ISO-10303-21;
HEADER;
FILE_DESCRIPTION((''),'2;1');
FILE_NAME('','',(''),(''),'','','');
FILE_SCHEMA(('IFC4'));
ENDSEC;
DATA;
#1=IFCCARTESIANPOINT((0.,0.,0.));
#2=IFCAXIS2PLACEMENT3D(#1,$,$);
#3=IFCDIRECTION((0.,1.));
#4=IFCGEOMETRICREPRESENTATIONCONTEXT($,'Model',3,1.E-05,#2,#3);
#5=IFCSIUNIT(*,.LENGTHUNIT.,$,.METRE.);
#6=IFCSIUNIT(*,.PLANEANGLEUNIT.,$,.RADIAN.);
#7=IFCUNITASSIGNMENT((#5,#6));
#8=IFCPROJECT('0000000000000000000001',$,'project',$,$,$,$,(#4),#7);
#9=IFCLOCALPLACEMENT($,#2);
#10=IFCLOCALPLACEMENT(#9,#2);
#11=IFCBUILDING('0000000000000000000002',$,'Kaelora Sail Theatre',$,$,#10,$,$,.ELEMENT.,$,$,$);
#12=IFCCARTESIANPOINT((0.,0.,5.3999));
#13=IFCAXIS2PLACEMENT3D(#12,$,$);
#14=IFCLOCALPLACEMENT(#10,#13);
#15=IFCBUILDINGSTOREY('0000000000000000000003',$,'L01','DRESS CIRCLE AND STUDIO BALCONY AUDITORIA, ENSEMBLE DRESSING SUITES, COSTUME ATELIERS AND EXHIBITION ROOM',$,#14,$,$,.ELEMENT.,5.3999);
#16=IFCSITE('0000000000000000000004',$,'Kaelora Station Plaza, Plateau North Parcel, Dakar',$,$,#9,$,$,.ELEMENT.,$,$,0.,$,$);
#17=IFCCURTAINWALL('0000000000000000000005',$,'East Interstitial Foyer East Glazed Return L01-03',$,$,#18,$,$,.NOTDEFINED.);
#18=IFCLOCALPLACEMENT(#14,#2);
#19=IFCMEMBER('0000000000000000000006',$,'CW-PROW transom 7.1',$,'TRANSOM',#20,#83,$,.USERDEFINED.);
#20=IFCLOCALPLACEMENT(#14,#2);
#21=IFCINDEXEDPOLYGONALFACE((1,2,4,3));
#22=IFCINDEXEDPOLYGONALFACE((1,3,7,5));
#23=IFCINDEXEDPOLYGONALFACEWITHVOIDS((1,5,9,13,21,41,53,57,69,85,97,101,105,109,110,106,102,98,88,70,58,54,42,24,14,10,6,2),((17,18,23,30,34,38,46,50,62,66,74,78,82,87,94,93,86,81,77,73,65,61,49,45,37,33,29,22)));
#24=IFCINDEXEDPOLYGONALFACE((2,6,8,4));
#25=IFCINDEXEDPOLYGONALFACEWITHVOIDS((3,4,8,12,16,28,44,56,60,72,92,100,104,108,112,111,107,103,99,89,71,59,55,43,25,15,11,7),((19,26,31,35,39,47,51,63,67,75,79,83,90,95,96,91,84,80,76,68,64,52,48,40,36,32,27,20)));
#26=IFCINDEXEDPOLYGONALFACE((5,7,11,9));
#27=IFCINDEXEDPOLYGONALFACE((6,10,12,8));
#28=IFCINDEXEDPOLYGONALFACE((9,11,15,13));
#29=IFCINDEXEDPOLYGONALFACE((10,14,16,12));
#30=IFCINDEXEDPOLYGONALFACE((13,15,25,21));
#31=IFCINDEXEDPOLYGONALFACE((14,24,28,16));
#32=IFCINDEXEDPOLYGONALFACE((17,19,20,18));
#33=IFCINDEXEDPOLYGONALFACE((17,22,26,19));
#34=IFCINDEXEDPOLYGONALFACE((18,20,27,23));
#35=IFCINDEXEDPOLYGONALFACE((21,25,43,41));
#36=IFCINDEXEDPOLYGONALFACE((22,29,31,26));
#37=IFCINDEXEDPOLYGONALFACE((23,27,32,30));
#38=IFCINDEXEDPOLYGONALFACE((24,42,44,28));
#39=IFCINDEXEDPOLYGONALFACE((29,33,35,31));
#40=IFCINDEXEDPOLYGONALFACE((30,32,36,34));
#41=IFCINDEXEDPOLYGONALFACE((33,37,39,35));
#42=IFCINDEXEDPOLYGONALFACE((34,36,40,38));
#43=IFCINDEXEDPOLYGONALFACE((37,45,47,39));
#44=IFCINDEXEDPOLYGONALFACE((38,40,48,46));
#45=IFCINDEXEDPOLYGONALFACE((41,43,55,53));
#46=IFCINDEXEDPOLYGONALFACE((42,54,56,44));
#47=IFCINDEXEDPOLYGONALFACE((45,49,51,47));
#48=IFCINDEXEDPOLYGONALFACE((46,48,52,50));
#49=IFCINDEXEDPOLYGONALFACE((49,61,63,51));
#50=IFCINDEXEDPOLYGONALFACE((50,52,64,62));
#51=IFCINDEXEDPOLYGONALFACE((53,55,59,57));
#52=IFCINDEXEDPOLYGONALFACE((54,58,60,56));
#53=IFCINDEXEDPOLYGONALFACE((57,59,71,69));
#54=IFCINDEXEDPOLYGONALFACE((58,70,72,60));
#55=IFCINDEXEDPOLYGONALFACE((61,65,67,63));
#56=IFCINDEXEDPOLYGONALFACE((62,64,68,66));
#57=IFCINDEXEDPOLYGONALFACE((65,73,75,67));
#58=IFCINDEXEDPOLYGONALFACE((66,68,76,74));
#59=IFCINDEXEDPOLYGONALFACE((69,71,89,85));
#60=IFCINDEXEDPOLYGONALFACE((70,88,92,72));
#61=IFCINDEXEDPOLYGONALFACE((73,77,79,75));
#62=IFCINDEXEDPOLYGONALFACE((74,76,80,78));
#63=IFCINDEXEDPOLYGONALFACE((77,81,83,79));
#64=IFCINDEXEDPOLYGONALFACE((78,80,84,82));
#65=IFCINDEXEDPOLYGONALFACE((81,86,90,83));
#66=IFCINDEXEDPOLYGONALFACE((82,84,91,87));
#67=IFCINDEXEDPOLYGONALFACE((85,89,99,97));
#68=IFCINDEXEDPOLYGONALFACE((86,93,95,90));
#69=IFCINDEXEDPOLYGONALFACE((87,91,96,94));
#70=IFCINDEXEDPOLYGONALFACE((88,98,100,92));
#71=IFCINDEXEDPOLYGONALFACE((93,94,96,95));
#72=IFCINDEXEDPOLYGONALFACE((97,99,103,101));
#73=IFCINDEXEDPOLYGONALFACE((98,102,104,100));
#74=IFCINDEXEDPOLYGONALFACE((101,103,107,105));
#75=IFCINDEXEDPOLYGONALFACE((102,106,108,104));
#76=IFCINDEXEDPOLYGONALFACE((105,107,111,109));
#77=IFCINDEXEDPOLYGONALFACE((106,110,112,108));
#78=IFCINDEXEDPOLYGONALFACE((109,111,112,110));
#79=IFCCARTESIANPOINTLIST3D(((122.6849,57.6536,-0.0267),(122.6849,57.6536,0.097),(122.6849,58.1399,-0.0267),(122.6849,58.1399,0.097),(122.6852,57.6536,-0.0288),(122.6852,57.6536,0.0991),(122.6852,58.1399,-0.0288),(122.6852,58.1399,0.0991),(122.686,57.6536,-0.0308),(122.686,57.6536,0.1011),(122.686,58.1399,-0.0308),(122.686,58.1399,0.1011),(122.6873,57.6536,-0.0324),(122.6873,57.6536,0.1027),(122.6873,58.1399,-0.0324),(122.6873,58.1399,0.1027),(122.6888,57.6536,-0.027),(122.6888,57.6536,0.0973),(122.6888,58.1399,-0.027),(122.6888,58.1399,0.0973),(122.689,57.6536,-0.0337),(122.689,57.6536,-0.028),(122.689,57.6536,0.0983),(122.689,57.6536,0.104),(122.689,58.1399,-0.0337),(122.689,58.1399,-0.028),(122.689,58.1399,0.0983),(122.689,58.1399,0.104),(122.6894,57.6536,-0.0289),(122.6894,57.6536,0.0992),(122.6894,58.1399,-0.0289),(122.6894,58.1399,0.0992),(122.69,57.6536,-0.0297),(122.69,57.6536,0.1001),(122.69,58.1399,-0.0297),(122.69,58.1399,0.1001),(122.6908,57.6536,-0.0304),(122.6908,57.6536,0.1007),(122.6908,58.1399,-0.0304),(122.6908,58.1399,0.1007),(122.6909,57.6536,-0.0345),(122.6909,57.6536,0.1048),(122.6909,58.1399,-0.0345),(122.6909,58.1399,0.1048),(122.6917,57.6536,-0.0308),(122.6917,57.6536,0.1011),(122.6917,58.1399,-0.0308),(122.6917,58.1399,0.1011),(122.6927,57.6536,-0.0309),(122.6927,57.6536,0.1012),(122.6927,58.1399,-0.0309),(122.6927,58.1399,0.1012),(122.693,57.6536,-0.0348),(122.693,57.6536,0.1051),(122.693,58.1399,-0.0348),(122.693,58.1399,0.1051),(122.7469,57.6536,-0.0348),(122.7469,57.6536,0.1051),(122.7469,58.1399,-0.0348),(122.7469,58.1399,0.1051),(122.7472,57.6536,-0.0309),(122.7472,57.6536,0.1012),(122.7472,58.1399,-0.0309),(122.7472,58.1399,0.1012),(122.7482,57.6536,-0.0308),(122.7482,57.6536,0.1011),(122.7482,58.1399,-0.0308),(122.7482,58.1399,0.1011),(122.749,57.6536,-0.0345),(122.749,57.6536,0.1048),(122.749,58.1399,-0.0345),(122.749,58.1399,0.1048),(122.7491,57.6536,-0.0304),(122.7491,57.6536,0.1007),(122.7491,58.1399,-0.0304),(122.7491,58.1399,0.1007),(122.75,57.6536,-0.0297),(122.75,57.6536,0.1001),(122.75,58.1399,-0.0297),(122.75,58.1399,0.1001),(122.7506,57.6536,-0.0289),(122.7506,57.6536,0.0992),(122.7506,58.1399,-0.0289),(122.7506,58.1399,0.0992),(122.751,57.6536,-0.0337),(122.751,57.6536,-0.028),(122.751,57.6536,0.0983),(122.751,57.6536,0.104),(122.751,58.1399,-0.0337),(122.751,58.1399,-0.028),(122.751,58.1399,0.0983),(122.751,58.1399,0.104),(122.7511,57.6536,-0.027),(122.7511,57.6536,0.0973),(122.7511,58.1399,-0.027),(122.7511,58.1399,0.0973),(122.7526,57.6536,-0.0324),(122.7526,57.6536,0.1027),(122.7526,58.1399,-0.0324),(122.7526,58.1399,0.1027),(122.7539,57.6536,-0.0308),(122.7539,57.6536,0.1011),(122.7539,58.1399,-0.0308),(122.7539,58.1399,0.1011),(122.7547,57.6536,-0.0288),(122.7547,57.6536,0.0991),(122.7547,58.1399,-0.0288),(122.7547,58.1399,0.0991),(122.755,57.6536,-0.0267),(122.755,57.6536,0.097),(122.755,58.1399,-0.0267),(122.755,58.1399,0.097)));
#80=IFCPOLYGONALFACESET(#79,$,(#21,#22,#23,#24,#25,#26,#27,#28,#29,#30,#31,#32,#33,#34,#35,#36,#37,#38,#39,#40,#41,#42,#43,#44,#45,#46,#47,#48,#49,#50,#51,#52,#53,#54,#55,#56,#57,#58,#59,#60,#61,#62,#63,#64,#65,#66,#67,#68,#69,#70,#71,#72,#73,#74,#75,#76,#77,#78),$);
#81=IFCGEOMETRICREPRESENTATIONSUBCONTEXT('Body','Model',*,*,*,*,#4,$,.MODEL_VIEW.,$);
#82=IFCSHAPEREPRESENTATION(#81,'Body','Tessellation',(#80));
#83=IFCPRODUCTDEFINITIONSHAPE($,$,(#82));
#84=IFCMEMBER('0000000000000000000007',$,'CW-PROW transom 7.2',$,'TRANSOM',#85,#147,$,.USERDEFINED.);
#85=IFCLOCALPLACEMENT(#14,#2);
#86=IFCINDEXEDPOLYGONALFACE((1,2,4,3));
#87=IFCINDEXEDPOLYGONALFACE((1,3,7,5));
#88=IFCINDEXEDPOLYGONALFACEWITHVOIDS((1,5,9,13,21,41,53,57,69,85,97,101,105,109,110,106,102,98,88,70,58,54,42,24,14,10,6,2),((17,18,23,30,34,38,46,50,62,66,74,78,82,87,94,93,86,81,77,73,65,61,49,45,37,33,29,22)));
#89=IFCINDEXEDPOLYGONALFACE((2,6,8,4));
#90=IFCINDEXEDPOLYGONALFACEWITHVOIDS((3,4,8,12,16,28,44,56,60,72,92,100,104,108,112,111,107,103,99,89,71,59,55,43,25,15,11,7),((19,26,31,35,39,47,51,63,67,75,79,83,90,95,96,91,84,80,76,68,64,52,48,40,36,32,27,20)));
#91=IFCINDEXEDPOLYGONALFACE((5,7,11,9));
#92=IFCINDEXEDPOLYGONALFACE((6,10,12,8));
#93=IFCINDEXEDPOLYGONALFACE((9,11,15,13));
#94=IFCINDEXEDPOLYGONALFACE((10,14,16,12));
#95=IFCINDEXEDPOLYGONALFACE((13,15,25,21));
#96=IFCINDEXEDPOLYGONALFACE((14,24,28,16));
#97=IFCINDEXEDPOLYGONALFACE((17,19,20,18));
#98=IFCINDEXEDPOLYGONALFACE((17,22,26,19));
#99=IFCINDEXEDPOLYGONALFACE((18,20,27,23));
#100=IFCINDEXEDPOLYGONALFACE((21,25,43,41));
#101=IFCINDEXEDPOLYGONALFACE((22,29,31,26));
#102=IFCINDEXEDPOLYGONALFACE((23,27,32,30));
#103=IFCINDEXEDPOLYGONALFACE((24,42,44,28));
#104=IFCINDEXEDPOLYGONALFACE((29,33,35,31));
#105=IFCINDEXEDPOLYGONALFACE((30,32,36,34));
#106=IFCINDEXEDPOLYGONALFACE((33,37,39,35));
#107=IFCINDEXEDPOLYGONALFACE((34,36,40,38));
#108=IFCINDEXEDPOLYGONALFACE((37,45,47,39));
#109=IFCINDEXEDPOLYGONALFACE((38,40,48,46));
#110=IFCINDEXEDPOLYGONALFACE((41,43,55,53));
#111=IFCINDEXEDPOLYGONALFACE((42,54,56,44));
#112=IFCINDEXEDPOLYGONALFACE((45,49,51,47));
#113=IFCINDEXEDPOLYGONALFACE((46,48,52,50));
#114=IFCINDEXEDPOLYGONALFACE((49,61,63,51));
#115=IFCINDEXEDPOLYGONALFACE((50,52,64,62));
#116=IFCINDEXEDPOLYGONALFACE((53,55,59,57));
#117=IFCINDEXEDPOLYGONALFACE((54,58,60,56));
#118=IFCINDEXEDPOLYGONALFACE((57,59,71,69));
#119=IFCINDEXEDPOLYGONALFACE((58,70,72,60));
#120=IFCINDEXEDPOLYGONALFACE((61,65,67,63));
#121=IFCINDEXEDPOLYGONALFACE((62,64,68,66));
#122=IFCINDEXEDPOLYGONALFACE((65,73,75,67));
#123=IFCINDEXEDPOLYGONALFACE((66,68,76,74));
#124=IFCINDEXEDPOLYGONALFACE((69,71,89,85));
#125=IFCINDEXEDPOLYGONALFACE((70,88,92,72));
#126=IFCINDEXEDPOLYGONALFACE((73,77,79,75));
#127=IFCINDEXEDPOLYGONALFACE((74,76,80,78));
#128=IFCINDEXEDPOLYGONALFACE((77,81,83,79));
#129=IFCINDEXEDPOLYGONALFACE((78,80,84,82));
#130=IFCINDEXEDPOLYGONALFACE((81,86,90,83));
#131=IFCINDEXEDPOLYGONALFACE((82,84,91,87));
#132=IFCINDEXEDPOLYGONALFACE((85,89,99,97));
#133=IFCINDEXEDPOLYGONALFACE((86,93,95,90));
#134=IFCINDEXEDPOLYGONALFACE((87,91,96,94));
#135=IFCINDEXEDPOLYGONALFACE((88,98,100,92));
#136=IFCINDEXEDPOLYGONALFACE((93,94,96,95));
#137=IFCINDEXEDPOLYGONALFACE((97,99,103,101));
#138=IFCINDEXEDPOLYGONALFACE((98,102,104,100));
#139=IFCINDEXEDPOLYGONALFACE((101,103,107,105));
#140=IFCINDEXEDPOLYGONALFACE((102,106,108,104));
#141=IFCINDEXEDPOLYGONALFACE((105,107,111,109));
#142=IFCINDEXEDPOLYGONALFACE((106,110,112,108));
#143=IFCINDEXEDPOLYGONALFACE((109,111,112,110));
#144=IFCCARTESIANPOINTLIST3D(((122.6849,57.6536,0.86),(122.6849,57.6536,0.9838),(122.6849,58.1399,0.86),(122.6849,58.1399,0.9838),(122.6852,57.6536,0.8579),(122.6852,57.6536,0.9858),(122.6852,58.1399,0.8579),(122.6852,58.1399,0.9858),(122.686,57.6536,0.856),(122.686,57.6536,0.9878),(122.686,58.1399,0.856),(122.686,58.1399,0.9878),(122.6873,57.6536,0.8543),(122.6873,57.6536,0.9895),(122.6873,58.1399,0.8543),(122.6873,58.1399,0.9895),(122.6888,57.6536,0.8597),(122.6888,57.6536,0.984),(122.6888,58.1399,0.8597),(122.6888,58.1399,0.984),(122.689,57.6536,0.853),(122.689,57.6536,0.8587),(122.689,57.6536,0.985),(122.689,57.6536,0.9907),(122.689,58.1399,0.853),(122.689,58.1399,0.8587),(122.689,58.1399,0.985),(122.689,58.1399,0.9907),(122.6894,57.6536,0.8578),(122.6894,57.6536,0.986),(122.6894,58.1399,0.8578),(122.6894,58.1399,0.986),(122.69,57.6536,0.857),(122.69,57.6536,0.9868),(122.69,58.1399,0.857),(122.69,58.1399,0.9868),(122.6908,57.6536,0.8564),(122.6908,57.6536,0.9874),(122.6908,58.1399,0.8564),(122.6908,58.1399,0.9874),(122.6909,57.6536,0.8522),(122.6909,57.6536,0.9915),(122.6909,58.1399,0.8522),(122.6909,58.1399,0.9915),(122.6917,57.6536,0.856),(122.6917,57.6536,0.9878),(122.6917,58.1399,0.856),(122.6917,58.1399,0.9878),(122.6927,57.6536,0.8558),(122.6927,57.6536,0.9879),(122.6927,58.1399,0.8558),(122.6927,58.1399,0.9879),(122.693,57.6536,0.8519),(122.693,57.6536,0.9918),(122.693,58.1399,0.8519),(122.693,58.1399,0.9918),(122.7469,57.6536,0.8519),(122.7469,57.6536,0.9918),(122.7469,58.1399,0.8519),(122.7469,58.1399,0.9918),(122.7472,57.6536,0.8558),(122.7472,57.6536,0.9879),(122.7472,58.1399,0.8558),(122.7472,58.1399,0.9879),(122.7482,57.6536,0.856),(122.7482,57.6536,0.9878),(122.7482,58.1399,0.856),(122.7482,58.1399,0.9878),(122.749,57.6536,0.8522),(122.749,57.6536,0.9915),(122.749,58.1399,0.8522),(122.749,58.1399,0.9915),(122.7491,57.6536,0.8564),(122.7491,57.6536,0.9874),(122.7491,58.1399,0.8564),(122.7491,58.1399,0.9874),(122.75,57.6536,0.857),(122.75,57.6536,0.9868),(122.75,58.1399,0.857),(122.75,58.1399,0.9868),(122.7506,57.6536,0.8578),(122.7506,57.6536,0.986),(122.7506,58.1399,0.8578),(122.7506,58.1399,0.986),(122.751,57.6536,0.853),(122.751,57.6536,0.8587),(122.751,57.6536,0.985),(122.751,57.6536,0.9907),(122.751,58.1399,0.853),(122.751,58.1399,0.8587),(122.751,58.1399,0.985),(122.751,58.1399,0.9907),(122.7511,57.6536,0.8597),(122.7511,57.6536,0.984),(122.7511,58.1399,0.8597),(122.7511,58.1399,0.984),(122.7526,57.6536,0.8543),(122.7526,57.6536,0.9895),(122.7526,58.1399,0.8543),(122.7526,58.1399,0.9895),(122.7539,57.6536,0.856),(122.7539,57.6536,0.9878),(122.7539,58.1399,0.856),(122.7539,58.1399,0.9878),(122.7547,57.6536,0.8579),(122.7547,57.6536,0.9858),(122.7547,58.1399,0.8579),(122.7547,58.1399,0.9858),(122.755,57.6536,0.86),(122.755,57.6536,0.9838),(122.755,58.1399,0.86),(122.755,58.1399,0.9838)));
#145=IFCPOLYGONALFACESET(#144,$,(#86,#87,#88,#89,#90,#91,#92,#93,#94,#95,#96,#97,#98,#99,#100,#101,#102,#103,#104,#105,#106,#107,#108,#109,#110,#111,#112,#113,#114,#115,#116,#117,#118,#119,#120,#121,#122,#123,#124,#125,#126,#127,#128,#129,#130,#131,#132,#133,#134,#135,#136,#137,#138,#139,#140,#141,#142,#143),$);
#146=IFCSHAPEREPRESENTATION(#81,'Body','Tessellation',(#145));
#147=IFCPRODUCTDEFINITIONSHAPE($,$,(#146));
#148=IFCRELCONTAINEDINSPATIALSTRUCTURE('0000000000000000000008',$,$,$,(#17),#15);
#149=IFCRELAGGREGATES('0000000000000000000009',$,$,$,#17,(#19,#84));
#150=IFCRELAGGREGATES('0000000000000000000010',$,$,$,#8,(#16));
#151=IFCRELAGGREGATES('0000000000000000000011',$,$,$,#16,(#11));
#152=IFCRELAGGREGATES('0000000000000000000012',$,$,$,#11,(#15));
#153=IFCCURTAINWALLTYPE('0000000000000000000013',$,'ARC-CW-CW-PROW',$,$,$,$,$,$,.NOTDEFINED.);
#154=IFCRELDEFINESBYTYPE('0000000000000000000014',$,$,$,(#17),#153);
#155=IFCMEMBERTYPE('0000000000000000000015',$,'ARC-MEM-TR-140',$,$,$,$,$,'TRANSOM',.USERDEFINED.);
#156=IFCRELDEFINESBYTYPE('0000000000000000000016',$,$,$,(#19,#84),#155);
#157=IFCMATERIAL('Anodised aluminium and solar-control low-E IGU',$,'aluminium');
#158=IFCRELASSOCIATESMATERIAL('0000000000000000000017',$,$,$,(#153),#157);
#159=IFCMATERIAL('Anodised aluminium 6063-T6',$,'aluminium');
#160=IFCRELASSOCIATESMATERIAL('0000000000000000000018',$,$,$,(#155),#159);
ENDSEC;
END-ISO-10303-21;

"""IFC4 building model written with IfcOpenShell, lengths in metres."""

from ifc_helpers import new_model, si_unit, direction, frame, origin, origin_2d, place, context, subcontext, project, spatial, hollow_rectangle, extrude, material, material_profile, profile_set, type_object, element, aggregate, save


model = new_model("IFC4")

# Units and contexts
model_context = context("Model", 3, precision=1e-05, world=origin(), true_north=direction((0.0, 1.0)))
body_context = subcontext(model_context, "Body", "Model", "MODEL_VIEW")
ifc_project = project(units=[si_unit("LENGTHUNIT", "METRE"), si_unit("PLANEANGLEUNIT", "RADIAN")], contexts=[model_context])

# Site, building, storey
site_placement = place(None, origin())
site = spatial("IfcSite", under=ifc_project, at=site_placement, Name="Kaelora Station Plaza, Plateau North Parcel, Dakar", CompositionType="ELEMENT", RefElevation=0.0)
building_placement = place(site_placement, origin())
building = spatial("IfcBuilding", under=site, at=building_placement, Name="Kaelora Sail Theatre", CompositionType="ELEMENT")
storey_placement = place(building_placement, frame((0.0, 0.0, 5.3999)))
storey = spatial("IfcBuildingStorey", under=building, at=storey_placement, Name="L01", Description="DRESS CIRCLE AND STUDIO BALCONY AUDITORIA, ENSEMBLE DRESSING SUITES, COSTUME ATELIERS AND EXHIBITION ROOM", CompositionType="ELEMENT", Elevation=5.3999)

# Curtain wall, members
ifc_material_1 = material(Name="Anodised aluminium and solar-control low-E IGU", Category="aluminium")
curtain_wall_type = type_object("IfcCurtainWallType", Name="ARC-CW-CW-PROW", PredefinedType="NOTDEFINED", material=ifc_material_1)
curtain_wall_placement = place(storey_placement, origin())
curtain_wall = element("IfcCurtainWall", 1, at=curtain_wall_placement, inside=storey, type_object=curtain_wall_type, Name="East Interstitial Foyer East Glazed Return L01-03", PredefinedType="NOTDEFINED")
ifc_material_2 = material(Name="Anodised aluminium 6063-T6", Category="aluminium")
ifc_material_profile_1 = material_profile(ifc_material_2, hollow_rectangle(XDim=0.0701, YDim=0.1399, WallThickness=0.0039, InnerFilletRadius=0.0039, OuterFilletRadius=0.0081, at=origin_2d()), Name="ALU-TRAN 70x140x4")
ifc_profile_set_1 = profile_set([ifc_material_profile_1], Name="Anodised aluminium 6063-T6")
member_type_1 = type_object("IfcMemberType", Name="ARC-MEM-TR-140", ElementType="TRANSOM", PredefinedType="USERDEFINED", material=ifc_profile_set_1)
member_1_placement = place(storey_placement, frame((122.72, 57.6536, 0.0352), z_axis=(0.0, 1.0, 0.0), x_axis=(-1.0, 0.0, 0.0)))
member_1 = element("IfcMember", 2, at=member_1_placement, type_object=member_type_1, Name="CW-PROW transom 7.1", ObjectType="TRANSOM", PredefinedType="USERDEFINED", context=body_context, shape_type="SweptSolid", body=[
    extrude(hollow_rectangle(XDim=0.0701, YDim=0.1399, WallThickness=0.0039, InnerFilletRadius=0.0039, OuterFilletRadius=0.0081, at=origin_2d()), origin(), (0.0, 0.0, 1.0), 0.4863),
])
member_2_placement = place(storey_placement, frame((122.72, 57.6536, 0.9219), z_axis=(0.0, 1.0, 0.0), x_axis=(-1.0, 0.0, 0.0)))
member_2 = element("IfcMember", 3, at=member_2_placement, type_object=member_type_1, Name="CW-PROW transom 7.2", ObjectType="TRANSOM", PredefinedType="USERDEFINED", context=body_context, shape_type="SweptSolid", body=[
    extrude(hollow_rectangle(XDim=0.0701, YDim=0.1399, WallThickness=0.0039, InnerFilletRadius=0.0039, OuterFilletRadius=0.0081, at=origin_2d()), origin(), (0.0, 0.0, 1.0), 0.4863),
])

aggregate(curtain_wall, [member_1, member_2])

save(model, "model.ifc")
